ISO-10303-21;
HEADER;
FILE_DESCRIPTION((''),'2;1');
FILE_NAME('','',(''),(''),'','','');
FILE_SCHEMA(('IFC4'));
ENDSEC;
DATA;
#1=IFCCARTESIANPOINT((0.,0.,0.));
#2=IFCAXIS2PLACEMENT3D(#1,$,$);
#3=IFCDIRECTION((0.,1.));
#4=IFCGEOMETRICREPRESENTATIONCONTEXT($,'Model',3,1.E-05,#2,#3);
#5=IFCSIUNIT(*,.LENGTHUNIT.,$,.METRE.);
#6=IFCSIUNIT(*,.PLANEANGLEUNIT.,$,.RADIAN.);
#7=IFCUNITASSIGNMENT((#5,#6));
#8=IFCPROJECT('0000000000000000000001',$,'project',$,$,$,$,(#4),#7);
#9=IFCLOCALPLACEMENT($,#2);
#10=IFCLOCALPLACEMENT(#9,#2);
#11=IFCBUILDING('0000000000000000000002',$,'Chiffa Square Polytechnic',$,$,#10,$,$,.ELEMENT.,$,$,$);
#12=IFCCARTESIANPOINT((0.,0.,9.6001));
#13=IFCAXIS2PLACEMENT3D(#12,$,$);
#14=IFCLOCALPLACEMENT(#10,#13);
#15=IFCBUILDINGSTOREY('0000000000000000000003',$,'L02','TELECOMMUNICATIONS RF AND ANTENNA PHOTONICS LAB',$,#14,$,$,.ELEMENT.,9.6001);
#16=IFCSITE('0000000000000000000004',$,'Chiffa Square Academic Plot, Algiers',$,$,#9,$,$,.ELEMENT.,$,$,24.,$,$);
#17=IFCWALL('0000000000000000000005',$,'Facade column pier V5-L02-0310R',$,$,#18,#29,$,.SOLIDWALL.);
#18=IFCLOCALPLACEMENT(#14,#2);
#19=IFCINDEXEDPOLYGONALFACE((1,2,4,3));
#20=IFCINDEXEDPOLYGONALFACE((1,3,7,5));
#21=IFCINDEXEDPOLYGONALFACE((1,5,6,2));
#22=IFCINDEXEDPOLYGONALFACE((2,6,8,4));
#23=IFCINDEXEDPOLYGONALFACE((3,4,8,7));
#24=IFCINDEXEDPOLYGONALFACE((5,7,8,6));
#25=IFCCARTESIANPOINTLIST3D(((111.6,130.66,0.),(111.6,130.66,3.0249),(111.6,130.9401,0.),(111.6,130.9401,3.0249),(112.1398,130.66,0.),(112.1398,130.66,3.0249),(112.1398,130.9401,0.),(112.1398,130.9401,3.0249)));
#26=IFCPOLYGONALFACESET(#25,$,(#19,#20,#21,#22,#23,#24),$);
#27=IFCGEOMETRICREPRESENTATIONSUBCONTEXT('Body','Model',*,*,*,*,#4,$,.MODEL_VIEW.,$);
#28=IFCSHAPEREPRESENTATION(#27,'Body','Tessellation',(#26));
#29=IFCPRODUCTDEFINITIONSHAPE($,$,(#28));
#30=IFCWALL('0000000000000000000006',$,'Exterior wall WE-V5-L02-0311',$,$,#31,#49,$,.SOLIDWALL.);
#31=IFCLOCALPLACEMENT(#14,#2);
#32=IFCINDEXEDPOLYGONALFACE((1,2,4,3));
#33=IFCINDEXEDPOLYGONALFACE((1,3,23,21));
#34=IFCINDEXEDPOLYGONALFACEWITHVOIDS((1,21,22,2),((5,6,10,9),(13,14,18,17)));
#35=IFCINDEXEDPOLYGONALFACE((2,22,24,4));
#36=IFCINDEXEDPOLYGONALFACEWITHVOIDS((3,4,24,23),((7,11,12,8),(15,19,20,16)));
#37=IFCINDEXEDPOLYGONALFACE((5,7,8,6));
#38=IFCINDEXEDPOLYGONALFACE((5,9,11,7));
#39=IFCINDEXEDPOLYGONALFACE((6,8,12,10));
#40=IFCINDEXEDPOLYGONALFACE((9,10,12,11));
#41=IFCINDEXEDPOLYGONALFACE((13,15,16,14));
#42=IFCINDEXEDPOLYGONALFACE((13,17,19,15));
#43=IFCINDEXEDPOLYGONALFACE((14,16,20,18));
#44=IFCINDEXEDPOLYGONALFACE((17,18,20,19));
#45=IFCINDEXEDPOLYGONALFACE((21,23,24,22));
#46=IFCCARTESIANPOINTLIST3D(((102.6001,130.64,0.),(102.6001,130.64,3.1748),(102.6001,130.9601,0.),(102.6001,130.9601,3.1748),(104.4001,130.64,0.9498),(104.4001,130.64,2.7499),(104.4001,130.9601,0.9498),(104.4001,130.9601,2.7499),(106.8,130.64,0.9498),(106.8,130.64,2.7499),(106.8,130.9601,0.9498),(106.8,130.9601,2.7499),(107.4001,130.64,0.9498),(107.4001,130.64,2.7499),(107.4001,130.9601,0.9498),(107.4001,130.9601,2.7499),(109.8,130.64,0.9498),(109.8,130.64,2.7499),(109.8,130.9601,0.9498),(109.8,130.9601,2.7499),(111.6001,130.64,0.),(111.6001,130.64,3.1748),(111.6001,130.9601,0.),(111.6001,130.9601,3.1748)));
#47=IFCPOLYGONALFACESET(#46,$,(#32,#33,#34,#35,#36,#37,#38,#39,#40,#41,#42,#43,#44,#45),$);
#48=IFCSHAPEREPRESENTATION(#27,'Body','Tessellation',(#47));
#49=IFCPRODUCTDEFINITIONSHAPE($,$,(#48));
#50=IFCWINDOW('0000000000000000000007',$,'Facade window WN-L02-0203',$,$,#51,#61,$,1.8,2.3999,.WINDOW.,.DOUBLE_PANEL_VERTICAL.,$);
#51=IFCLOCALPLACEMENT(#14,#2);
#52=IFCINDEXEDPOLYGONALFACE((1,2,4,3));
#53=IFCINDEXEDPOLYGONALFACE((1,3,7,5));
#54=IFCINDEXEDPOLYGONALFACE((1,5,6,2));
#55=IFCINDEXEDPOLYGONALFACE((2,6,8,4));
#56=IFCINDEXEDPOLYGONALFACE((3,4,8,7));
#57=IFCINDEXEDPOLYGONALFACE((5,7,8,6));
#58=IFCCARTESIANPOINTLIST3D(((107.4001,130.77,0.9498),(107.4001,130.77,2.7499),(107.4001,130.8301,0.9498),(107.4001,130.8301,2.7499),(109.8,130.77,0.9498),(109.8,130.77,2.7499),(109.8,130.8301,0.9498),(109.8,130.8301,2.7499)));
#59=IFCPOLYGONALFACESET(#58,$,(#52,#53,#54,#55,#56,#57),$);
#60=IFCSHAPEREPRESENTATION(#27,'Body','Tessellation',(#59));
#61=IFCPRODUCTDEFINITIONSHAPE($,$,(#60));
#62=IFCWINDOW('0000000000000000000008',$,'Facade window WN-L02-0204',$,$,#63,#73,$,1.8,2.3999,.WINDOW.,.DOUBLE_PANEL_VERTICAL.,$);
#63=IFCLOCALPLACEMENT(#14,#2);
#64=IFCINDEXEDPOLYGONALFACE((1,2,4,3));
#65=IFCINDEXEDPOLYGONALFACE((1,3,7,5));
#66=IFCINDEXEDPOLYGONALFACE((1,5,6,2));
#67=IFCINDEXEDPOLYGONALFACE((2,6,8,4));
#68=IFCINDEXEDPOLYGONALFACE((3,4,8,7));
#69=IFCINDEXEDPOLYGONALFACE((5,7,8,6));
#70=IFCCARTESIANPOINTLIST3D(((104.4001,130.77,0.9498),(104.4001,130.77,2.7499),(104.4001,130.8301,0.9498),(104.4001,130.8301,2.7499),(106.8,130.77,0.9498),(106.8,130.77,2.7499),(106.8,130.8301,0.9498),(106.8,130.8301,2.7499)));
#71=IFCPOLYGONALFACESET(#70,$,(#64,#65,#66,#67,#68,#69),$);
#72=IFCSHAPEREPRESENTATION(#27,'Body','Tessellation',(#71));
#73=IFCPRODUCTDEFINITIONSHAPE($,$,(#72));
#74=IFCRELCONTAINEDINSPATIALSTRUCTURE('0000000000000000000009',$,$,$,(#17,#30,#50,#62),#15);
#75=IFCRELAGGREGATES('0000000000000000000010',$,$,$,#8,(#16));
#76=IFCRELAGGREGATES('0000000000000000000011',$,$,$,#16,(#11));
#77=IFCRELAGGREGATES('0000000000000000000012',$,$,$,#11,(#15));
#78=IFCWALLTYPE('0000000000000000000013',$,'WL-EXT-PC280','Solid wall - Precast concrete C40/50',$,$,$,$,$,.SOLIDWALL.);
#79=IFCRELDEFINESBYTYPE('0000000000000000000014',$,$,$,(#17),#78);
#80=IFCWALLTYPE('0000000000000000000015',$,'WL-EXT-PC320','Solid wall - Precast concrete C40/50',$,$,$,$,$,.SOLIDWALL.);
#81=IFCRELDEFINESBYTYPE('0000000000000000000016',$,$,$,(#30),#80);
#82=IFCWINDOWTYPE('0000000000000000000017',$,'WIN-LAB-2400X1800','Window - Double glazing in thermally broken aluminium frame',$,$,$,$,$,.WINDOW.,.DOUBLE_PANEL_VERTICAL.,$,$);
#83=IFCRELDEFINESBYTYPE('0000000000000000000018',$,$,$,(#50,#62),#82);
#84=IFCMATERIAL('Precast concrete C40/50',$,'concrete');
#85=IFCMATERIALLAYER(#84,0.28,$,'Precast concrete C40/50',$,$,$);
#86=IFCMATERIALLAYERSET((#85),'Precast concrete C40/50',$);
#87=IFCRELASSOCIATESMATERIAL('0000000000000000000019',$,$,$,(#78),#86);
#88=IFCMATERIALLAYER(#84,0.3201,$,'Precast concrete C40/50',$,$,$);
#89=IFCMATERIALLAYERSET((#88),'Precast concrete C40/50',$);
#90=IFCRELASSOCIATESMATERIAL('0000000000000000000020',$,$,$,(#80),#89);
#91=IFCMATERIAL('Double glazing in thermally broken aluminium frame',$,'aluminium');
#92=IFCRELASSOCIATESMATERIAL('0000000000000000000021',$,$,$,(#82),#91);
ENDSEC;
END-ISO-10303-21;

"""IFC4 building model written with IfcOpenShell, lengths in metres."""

from ifc_helpers import new_model, si_unit, direction, frame, frame_2d, origin, place, context, subcontext, project, spatial, rectangle, extrude, material, layer, layer_set, type_object, element, fill, save


model = new_model("IFC4")

# Units and contexts
model_context = context("Model", 3, precision=1e-05, world=origin(), true_north=direction((0.0, 1.0)))
body_context = subcontext(model_context, "Body", "Model", "MODEL_VIEW")
ifc_project = project(units=[si_unit("LENGTHUNIT", "METRE"), si_unit("PLANEANGLEUNIT", "RADIAN")], contexts=[model_context])

# Site, building, storey
site_placement = place(None, origin())
site = spatial("IfcSite", under=ifc_project, at=site_placement, Name="Chiffa Square Academic Plot, Algiers", CompositionType="ELEMENT", RefElevation=24.0)
building_placement = place(site_placement, origin())
building = spatial("IfcBuilding", under=site, at=building_placement, Name="Chiffa Square Polytechnic", CompositionType="ELEMENT")
storey_placement = place(building_placement, frame((0.0, 0.0, 9.6001)))
storey = spatial("IfcBuildingStorey", under=building, at=storey_placement, Name="L02", Description="TELECOMMUNICATIONS RF AND ANTENNA PHOTONICS LAB", CompositionType="ELEMENT", Elevation=9.6001)

# Wall
ifc_material_1 = material(Name="Precast concrete C40/50", Category="concrete")
ifc_layer_1 = layer(ifc_material_1, 0.28, Name="Precast concrete C40/50")
ifc_layer_set_1 = layer_set([ifc_layer_1], Name="Precast concrete C40/50")
wall_type_1 = type_object("IfcWallType", Name="WL-EXT-PC280", Description="Solid wall - Precast concrete C40/50", PredefinedType="SOLIDWALL", material=ifc_layer_set_1)
wall_1_placement = place(storey_placement, frame((112.1399, 130.8, 0.0), z_axis=(0.0, 0.0, 1.0), x_axis=(-1.0, 0.0, 0.0)))
element("IfcWall", 1, at=wall_1_placement, inside=storey, type_object=wall_type_1, Name="Facade column pier V5-L02-0310R", PredefinedType="SOLIDWALL", context=body_context, shape_type="SweptSolid", body=[
    extrude(rectangle(XDim=0.5398, YDim=0.28, at=frame_2d((0.27, 0.0))), origin(), (0.0, 0.0, 1.0), 3.0249),
])

# Wall, openings, windows
ifc_layer_2 = layer(ifc_material_1, 0.3201, Name="Precast concrete C40/50")
ifc_layer_set_2 = layer_set([ifc_layer_2], Name="Precast concrete C40/50")
wall_type_2 = type_object("IfcWallType", Name="WL-EXT-PC320", Description="Solid wall - Precast concrete C40/50", PredefinedType="SOLIDWALL", material=ifc_layer_set_2)
wall_2_placement = place(storey_placement, frame((111.6001, 130.8, 0.0), z_axis=(0.0, 0.0, 1.0), x_axis=(-1.0, 0.0, 0.0)))
wall_2 = element("IfcWall", 2, at=wall_2_placement, inside=storey, type_object=wall_type_2, Name="Exterior wall WE-V5-L02-0311", PredefinedType="SOLIDWALL", context=body_context, shape_type="SweptSolid", body=[
    extrude(rectangle(XDim=9.0, YDim=0.3201, at=frame_2d((4.5, 0.0))), origin(), (0.0, 0.0, 1.0), 3.1748),
])
opening_1_placement = place(wall_2_placement, frame((1.8, 0.0, 0.95)))
opening_1 = element("IfcOpeningElement", 3, at=opening_1_placement, cuts=wall_2, PredefinedType="OPENING", context=body_context, shape_type="SweptSolid", body=[
    extrude(rectangle(XDim=2.3999, YDim=1.8, at=frame_2d((1.2, 0.8999))), frame((0.0, 0.1699, 0.0), z_axis=(0.0, -1.0, 0.0), x_axis=(1.0, 0.0, 0.0)), (0.0, 0.0, 1.0), 0.3401),
])
opening_2_placement = place(wall_2_placement, frame((4.8, 0.0, 0.95)))
opening_2 = element("IfcOpeningElement", 4, at=opening_2_placement, cuts=wall_2, PredefinedType="OPENING", context=body_context, shape_type="SweptSolid", body=[
    extrude(rectangle(XDim=2.3999, YDim=1.8, at=frame_2d((1.2, 0.8999))), frame((0.0, 0.1699, 0.0), z_axis=(0.0, -1.0, 0.0), x_axis=(1.0, 0.0, 0.0)), (0.0, 0.0, 1.0), 0.3401),
])
ifc_material_2 = material(Name="Double glazing in thermally broken aluminium frame", Category="aluminium")
window_type = type_object("IfcWindowType", Name="WIN-LAB-2400X1800", Description="Window - Double glazing in thermally broken aluminium frame", PartitioningType="DOUBLE_PANEL_VERTICAL", PredefinedType="WINDOW", material=ifc_material_2)
window_1_placement = place(opening_1_placement, origin())
window_1 = element("IfcWindow", 5, at=window_1_placement, inside=storey, type_object=window_type, Name="Facade window WN-L02-0203", OverallHeight=1.8, OverallWidth=2.3999, PartitioningType="DOUBLE_PANEL_VERTICAL", PredefinedType="WINDOW", context=body_context, shape_type="SweptSolid", body=[
    extrude(rectangle(XDim=2.3999, YDim=1.8, at=frame_2d((1.2, 0.8999))), frame((0.0, 0.03, 0.0), z_axis=(0.0, -1.0, 0.0), x_axis=(1.0, 0.0, 0.0)), (0.0, 0.0, 1.0), 0.0601),
])
fill(opening_1, window_1)
window_2_placement = place(opening_2_placement, origin())
window_2 = element("IfcWindow", 6, at=window_2_placement, inside=storey, type_object=window_type, Name="Facade window WN-L02-0204", OverallHeight=1.8, OverallWidth=2.3999, PartitioningType="DOUBLE_PANEL_VERTICAL", PredefinedType="WINDOW", context=body_context, shape_type="SweptSolid", body=[
    extrude(rectangle(XDim=2.3999, YDim=1.8, at=frame_2d((1.2, 0.8999))), frame((0.0, 0.03, 0.0), z_axis=(0.0, -1.0, 0.0), x_axis=(1.0, 0.0, 0.0)), (0.0, 0.0, 1.0), 0.0601),
])
fill(opening_2, window_2)

save(model, "model.ifc")
